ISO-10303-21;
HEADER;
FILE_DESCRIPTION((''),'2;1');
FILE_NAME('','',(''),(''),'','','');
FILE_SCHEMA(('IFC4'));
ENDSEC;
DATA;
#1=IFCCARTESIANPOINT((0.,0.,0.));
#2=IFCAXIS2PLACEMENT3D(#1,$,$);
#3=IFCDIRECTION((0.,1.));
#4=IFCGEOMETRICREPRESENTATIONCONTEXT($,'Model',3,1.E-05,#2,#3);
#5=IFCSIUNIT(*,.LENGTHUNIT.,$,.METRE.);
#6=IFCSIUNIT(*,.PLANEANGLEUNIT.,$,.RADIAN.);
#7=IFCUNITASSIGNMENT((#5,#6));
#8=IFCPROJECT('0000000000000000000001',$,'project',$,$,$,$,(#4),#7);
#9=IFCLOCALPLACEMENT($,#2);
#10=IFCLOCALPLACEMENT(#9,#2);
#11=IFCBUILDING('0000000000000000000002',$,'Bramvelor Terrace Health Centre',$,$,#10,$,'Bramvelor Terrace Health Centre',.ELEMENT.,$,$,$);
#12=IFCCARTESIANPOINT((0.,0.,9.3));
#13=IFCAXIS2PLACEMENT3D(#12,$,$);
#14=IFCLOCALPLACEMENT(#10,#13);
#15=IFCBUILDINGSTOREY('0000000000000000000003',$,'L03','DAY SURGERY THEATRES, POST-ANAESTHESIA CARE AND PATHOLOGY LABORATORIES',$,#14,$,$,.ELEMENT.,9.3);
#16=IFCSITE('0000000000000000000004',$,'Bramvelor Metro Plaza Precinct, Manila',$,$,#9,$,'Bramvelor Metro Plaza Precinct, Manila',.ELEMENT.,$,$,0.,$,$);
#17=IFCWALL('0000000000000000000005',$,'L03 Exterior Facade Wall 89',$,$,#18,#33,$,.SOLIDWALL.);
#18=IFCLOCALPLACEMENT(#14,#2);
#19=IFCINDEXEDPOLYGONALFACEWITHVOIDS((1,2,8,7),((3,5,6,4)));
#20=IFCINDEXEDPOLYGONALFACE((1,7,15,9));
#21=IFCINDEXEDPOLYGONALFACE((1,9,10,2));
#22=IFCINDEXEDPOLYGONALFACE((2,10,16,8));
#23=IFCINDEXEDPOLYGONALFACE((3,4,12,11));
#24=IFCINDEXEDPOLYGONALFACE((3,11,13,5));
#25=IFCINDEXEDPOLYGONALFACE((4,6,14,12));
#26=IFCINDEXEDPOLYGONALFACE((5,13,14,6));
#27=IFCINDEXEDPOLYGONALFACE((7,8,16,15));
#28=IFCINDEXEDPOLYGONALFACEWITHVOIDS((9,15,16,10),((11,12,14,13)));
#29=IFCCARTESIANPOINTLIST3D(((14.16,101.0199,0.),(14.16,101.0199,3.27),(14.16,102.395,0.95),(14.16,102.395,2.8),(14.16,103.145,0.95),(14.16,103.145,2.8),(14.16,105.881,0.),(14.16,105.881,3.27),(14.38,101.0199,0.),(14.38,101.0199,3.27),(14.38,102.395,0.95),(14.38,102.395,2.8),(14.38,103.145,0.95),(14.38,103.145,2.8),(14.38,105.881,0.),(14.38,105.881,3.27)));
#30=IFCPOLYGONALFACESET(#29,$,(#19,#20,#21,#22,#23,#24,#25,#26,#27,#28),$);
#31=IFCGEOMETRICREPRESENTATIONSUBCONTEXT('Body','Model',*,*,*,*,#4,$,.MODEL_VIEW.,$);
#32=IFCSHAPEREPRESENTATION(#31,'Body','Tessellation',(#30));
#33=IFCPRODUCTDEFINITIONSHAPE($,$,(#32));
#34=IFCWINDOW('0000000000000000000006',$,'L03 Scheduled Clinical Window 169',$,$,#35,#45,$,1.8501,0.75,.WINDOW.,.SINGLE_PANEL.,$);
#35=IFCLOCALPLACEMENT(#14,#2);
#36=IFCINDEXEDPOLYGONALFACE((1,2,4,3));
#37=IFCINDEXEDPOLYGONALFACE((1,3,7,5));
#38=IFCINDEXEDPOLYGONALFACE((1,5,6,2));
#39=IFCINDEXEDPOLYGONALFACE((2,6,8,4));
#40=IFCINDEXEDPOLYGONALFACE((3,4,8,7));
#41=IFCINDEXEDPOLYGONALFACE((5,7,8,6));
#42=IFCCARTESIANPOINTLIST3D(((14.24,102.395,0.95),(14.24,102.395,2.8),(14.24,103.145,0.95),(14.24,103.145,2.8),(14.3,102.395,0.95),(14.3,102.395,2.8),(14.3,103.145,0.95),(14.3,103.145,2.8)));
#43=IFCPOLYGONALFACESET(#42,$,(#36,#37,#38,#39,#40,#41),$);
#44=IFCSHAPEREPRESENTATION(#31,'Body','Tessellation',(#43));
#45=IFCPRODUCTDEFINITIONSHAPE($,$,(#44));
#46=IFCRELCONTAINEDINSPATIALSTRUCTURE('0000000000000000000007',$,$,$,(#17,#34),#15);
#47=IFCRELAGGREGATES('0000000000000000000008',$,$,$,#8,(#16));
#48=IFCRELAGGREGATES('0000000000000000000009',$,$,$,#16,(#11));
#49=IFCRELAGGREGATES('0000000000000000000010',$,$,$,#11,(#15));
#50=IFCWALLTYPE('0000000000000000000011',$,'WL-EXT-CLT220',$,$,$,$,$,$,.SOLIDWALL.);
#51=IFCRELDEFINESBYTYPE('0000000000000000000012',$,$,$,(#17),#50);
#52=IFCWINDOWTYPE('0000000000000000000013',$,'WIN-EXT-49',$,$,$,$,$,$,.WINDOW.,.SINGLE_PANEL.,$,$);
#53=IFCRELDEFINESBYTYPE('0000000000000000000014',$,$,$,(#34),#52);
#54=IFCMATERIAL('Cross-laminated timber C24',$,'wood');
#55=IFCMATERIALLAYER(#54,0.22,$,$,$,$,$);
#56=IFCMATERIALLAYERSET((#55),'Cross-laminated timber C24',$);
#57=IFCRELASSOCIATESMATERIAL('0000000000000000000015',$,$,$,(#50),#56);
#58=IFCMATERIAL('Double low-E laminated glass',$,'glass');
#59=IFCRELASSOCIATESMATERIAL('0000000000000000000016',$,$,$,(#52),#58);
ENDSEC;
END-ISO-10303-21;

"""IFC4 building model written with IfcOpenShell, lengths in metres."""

from ifc_helpers import new_model, si_unit, direction, frame, frame_2d, origin, place, context, subcontext, project, spatial, rectangle, extrude, material, layer, layer_set, type_object, element, fill, save


model = new_model("IFC4")

# Units and contexts
model_context = context("Model", 3, precision=1e-05, world=origin(), true_north=direction((0.0, 1.0)))
body_context = subcontext(model_context, "Body", "Model", "MODEL_VIEW")
ifc_project = project(units=[si_unit("LENGTHUNIT", "METRE"), si_unit("PLANEANGLEUNIT", "RADIAN")], contexts=[model_context])

# Site, building, storey
site_placement = place(None, origin())
site = spatial("IfcSite", under=ifc_project, at=site_placement, Name="Bramvelor Metro Plaza Precinct, Manila", LongName="Bramvelor Metro Plaza Precinct, Manila", CompositionType="ELEMENT", RefElevation=0.0)
building_placement = place(site_placement, origin())
building = spatial("IfcBuilding", under=site, at=building_placement, Name="Bramvelor Terrace Health Centre", LongName="Bramvelor Terrace Health Centre", CompositionType="ELEMENT")
storey_placement = place(building_placement, frame((0.0, 0.0, 9.3)))
storey = spatial("IfcBuildingStorey", under=building, at=storey_placement, Name="L03", Description="DAY SURGERY THEATRES, POST-ANAESTHESIA CARE AND PATHOLOGY LABORATORIES", CompositionType="ELEMENT", Elevation=9.3)

# Wall, opening, window
ifc_material_1 = material(Name="Cross-laminated timber C24", Category="wood")
ifc_layer_1 = layer(ifc_material_1, 0.22)
ifc_layer_set_1 = layer_set([ifc_layer_1], Name="Cross-laminated timber C24")
wall_type_1 = type_object("IfcWallType", Name="WL-EXT-CLT220", PredefinedType="SOLIDWALL", material=ifc_layer_set_1)
wall_1_placement = place(storey_placement, frame((14.27, 105.8811, 0.0), z_axis=(0.0, 0.0, 1.0), x_axis=(0.0, -1.0, 0.0)))
wall_1 = element("IfcWall", 1, at=wall_1_placement, inside=storey, type_object=wall_type_1, Name="L03 Exterior Facade Wall 89", PredefinedType="SOLIDWALL", context=body_context, shape_type="SweptSolid", body=[
    extrude(rectangle(XDim=4.8611, YDim=0.22, at=frame_2d((2.4307, 0.0))), origin(), (0.0, 0.0, 1.0), 3.27),
])
opening_1_placement = place(wall_1_placement, frame((2.7361, 0.0, 0.95)))
opening_1 = element("IfcOpeningElement", 2, at=opening_1_placement, cuts=wall_1, PredefinedType="OPENING", context=body_context, shape_type="SweptSolid", body=[
    extrude(rectangle(XDim=0.75, YDim=1.8501, at=frame_2d((0.375, 0.925))), frame((0.0, 0.1199, 0.0), z_axis=(0.0, -1.0, 0.0), x_axis=(1.0, 0.0, 0.0)), (0.0, 0.0, 1.0), 0.24),
])
ifc_material_2 = material(Name="Double low-E laminated glass", Category="glass")
window_type_1 = type_object("IfcWindowType", Name="WIN-EXT-49", PartitioningType="SINGLE_PANEL", PredefinedType="WINDOW", material=ifc_material_2)
window_1_placement = place(opening_1_placement, origin())
window_1 = element("IfcWindow", 3, at=window_1_placement, inside=storey, type_object=window_type_1, Name="L03 Scheduled Clinical Window 169", OverallHeight=1.8501, OverallWidth=0.75, PartitioningType="SINGLE_PANEL", PredefinedType="WINDOW", context=body_context, shape_type="SweptSolid", body=[
    extrude(rectangle(XDim=0.75, YDim=1.8501, at=frame_2d((0.375, 0.925))), frame((0.0, 0.03, 0.0), z_axis=(0.0, -1.0, 0.0), x_axis=(1.0, 0.0, 0.0)), (0.0, 0.0, 1.0), 0.0601),
])
fill(opening_1, window_1)

save(model, "model.ifc")
